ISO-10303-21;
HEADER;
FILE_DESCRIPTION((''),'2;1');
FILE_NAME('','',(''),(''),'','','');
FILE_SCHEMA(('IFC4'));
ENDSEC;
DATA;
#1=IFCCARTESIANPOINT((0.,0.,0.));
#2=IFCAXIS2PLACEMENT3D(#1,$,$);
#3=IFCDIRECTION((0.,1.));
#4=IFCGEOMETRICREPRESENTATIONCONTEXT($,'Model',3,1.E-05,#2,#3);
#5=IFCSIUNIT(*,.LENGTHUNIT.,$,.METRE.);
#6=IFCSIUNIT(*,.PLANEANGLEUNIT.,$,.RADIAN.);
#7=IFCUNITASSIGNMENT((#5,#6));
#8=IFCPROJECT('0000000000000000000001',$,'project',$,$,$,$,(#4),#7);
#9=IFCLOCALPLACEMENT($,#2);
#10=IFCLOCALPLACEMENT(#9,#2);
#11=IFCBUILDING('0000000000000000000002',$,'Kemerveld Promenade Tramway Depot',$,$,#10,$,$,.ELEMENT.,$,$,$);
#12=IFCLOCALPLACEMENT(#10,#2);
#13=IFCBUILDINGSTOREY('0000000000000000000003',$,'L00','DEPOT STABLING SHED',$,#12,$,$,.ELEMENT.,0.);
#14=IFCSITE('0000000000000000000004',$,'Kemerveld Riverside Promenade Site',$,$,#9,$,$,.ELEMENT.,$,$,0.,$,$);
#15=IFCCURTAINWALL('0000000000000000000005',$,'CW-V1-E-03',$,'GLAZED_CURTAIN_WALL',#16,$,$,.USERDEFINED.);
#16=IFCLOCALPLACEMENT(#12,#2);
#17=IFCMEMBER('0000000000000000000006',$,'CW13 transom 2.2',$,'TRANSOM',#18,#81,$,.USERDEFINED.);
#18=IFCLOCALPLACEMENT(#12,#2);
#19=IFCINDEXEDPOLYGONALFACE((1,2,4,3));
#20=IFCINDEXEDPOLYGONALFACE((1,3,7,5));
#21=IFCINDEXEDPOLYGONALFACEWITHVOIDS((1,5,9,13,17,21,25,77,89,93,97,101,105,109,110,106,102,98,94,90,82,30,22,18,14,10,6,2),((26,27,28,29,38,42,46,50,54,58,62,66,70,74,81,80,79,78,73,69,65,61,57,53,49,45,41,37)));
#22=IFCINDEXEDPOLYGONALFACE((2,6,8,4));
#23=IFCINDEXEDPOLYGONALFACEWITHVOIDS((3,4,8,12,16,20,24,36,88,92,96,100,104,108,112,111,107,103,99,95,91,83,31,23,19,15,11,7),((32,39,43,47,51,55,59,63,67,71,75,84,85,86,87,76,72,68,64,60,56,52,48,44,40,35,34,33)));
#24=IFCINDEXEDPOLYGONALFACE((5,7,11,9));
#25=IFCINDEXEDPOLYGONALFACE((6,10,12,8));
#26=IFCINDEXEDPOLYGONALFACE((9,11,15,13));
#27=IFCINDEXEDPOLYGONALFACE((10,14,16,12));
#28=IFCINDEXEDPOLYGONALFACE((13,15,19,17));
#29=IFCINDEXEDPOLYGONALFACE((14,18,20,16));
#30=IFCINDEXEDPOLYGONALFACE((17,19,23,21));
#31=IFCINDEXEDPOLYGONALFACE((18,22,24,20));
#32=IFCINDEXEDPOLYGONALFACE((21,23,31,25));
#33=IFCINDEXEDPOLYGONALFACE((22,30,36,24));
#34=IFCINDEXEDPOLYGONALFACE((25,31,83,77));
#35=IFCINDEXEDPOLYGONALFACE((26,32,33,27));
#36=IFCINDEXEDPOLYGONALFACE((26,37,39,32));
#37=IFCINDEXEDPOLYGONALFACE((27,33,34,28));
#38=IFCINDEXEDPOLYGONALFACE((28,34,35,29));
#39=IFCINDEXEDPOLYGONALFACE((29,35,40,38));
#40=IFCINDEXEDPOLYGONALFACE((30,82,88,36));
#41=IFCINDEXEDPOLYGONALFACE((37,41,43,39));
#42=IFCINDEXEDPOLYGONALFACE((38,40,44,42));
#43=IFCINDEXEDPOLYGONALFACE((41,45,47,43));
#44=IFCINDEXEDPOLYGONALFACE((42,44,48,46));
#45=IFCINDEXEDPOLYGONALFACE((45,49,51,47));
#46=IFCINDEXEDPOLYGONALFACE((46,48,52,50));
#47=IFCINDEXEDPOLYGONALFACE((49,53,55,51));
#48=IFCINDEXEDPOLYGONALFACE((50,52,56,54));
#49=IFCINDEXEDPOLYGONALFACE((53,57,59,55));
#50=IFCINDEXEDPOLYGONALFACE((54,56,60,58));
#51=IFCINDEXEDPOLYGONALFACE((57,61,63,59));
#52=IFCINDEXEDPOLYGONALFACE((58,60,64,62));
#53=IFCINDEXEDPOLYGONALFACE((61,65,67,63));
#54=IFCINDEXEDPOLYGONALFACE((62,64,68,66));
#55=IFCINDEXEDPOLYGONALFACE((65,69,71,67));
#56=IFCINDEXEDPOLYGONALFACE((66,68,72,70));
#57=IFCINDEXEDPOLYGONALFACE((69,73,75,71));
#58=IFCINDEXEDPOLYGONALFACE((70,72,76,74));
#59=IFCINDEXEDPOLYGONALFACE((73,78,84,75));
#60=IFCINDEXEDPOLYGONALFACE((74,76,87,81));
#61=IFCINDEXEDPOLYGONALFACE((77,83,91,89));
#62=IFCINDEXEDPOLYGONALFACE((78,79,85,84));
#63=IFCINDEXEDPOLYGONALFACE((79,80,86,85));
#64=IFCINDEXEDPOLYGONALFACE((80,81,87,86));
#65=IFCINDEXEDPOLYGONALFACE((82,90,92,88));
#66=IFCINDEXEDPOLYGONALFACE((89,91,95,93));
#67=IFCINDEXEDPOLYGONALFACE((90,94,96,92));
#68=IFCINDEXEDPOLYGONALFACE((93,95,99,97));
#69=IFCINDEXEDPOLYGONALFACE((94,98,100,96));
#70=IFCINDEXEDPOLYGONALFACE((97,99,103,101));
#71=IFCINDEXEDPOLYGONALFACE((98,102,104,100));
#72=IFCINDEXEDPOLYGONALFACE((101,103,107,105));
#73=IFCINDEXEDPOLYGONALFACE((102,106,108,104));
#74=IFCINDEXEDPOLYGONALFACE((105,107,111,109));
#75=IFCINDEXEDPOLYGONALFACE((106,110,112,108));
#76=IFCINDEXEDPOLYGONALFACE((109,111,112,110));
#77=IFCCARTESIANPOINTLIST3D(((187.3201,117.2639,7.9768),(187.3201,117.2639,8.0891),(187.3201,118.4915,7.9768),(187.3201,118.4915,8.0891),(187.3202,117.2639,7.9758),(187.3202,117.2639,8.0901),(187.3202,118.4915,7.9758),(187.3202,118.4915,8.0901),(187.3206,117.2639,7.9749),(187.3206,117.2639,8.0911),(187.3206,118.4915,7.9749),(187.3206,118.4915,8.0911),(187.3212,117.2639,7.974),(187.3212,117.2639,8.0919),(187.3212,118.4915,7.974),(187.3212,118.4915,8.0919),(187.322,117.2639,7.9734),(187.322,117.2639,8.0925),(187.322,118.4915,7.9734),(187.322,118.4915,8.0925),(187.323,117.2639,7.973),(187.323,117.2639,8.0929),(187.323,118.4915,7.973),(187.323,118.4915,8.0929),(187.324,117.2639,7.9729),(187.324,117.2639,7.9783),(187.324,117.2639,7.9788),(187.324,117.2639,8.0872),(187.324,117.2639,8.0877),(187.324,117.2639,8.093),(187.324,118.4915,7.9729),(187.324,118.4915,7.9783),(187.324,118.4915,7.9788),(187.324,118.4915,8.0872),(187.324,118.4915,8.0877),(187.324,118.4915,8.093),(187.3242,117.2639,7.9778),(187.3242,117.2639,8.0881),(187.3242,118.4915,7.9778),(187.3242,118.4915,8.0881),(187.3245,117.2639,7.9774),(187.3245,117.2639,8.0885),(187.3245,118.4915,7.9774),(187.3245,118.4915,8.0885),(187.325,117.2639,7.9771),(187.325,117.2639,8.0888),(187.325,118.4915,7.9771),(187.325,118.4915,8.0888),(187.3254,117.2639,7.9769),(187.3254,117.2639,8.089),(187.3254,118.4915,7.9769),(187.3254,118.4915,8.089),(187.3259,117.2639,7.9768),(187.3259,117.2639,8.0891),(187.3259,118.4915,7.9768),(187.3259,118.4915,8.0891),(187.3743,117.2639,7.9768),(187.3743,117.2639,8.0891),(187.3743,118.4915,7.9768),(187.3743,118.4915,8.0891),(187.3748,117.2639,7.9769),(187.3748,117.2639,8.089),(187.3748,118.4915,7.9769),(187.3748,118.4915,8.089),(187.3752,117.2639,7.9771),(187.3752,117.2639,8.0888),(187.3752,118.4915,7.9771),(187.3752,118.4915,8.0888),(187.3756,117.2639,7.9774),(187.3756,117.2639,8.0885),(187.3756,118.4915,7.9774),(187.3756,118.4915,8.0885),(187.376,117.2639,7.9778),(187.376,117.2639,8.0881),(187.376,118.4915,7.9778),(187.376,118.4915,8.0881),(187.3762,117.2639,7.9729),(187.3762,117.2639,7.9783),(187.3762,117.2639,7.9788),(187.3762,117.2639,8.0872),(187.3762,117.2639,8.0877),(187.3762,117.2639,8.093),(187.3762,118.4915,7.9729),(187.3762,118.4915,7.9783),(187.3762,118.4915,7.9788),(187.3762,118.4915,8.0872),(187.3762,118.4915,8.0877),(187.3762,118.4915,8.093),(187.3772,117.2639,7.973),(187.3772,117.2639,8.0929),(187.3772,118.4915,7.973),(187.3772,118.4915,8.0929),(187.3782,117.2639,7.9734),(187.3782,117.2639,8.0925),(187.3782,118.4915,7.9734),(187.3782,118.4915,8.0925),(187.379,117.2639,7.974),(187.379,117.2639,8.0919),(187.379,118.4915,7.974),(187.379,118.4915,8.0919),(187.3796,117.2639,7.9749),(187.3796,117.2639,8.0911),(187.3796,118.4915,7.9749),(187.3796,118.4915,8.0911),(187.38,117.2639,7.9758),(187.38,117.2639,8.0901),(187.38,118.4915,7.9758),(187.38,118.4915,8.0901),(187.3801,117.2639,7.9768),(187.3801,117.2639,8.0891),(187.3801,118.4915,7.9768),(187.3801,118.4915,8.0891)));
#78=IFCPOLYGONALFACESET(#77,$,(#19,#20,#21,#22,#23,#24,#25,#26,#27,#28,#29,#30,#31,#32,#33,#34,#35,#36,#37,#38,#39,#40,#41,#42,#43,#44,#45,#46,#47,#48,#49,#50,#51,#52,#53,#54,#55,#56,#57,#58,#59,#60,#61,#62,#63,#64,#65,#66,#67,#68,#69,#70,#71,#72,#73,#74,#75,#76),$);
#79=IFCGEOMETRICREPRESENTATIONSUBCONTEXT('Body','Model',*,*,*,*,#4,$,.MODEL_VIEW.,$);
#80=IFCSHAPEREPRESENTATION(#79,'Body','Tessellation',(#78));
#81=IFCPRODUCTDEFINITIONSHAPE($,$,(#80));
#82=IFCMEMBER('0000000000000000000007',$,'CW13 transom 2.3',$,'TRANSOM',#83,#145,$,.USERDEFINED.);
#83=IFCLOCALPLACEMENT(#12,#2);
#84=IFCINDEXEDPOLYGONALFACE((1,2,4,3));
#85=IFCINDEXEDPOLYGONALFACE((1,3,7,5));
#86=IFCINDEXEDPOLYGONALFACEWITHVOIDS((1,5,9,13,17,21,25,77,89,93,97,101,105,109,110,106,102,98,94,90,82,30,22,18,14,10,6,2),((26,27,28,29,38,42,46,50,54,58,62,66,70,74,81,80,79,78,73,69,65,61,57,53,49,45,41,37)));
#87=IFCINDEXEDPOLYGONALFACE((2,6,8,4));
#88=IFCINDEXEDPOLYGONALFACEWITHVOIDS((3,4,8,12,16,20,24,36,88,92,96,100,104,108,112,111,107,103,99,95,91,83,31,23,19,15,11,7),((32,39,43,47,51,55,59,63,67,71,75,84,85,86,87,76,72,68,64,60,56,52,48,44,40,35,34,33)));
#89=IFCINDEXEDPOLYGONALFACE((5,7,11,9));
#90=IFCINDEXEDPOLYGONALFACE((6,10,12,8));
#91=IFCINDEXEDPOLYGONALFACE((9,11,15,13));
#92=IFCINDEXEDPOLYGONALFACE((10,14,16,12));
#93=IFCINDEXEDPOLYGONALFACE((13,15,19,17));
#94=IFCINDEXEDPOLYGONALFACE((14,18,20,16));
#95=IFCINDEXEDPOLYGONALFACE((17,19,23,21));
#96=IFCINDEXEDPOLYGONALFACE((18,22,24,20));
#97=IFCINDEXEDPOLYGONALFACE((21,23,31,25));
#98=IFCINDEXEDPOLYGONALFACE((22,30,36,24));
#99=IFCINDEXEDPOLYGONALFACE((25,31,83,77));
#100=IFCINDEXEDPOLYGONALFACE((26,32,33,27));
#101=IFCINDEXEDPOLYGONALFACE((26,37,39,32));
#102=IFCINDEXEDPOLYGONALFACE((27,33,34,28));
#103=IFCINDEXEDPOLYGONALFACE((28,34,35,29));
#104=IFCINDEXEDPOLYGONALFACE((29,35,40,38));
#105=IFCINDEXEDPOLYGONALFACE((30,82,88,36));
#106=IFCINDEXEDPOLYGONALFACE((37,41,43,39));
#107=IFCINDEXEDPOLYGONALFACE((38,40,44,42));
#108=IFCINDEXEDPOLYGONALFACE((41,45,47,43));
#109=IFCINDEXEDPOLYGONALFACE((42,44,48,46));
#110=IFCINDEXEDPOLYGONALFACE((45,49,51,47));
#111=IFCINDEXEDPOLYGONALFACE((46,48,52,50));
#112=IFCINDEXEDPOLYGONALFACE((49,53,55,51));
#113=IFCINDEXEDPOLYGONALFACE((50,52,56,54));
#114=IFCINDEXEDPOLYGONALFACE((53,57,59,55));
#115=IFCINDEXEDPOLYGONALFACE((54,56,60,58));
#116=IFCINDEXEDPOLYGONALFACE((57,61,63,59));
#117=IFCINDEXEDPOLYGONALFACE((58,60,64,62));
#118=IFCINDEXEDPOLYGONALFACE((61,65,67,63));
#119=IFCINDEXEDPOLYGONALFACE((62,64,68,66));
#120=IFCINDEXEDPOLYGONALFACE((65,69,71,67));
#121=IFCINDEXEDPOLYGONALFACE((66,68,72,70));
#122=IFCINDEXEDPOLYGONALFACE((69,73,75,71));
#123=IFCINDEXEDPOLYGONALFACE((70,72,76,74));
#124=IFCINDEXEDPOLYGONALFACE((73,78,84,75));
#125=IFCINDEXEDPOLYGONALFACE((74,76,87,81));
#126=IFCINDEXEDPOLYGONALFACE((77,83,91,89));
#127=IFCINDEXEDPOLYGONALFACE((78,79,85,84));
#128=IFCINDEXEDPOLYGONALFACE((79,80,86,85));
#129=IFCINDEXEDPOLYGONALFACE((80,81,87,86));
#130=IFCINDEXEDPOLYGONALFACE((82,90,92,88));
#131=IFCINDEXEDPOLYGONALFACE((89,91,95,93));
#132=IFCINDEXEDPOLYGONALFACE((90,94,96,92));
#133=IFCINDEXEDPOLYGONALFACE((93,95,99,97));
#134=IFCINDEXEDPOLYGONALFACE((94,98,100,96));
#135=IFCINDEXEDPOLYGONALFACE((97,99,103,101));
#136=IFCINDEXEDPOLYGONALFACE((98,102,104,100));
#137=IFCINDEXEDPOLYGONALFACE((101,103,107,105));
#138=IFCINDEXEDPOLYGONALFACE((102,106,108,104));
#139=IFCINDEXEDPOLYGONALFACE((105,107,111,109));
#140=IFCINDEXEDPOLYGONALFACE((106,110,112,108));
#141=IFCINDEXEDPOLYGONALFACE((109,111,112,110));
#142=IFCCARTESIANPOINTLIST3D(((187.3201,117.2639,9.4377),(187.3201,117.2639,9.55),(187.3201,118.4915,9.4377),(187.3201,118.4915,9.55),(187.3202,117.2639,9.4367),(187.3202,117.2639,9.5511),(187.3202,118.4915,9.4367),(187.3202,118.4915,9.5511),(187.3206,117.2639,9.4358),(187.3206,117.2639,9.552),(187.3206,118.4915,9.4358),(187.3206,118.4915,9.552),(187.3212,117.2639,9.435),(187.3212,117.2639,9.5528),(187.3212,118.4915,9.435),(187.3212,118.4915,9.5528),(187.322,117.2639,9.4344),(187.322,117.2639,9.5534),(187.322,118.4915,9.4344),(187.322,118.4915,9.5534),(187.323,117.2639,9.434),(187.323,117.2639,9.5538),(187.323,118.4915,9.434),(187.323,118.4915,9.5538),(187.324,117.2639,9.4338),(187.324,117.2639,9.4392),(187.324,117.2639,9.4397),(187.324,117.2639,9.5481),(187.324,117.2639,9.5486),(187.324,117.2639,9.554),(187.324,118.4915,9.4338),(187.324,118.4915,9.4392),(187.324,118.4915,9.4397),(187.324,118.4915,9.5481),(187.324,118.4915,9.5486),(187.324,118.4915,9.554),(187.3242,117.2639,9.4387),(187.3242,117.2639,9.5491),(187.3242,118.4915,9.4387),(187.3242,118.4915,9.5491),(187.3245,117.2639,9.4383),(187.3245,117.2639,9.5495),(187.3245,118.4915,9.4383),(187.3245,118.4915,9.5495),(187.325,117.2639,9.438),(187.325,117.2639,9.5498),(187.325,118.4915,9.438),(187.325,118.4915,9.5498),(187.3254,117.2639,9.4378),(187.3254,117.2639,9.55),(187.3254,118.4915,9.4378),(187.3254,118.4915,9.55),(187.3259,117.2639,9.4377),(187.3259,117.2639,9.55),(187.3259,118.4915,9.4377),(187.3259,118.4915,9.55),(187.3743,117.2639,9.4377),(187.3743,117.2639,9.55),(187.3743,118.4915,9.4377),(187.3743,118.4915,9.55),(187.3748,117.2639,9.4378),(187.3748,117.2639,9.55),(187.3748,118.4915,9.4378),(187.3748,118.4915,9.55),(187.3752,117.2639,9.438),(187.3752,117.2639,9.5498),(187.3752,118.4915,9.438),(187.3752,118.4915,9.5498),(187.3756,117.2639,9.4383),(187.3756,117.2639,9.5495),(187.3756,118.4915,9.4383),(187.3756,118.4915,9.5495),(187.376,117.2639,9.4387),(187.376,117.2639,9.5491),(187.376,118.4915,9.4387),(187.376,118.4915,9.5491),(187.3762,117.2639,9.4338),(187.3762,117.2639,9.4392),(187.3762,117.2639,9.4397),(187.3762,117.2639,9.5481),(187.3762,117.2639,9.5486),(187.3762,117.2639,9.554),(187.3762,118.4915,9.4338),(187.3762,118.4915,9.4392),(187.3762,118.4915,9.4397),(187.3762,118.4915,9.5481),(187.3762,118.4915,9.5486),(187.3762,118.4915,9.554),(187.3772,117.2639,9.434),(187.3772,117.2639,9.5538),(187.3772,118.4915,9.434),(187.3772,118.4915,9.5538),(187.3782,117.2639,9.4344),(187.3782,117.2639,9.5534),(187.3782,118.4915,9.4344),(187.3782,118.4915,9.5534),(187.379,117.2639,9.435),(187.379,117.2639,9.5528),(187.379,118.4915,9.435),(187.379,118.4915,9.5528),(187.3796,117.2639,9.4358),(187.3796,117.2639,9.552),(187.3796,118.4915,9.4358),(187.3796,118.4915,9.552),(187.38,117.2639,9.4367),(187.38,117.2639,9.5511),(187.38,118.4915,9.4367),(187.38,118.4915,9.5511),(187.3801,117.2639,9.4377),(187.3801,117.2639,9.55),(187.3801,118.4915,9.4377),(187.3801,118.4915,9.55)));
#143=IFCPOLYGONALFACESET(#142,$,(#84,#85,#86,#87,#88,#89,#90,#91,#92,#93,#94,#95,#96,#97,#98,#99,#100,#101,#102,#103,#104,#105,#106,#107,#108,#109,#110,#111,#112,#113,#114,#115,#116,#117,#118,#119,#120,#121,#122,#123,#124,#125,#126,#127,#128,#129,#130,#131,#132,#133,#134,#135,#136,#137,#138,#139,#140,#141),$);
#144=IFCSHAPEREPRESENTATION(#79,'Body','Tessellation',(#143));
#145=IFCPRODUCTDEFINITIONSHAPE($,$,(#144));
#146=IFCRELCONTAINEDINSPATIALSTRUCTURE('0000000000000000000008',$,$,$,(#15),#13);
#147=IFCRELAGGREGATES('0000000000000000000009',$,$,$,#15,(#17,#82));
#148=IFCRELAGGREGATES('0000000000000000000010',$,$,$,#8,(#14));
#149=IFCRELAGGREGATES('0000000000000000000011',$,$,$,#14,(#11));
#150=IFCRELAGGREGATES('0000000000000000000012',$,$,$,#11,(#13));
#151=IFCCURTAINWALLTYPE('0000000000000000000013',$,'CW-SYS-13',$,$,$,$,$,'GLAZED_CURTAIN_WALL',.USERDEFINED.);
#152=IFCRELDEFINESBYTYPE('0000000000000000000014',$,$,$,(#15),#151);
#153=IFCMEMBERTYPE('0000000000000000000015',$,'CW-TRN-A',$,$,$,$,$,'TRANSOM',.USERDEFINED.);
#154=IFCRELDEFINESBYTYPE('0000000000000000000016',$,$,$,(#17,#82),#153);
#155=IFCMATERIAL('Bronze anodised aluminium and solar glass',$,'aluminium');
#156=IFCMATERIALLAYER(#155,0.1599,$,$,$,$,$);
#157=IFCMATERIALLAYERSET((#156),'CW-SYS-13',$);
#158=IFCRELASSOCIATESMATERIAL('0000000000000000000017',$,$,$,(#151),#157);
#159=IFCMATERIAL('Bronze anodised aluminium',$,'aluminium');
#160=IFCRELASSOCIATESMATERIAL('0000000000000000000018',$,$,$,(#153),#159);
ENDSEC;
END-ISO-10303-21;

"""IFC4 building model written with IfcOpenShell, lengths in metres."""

from ifc_helpers import new_model, si_unit, direction, frame, origin, origin_2d, place, context, subcontext, project, spatial, hollow_rectangle, extrude, material, layer, layer_set, material_profile, profile_set, type_object, element, aggregate, save


model = new_model("IFC4")

# Units and contexts
model_context = context("Model", 3, precision=1e-05, world=origin(), true_north=direction((0.0, 1.0)))
body_context = subcontext(model_context, "Body", "Model", "MODEL_VIEW")
ifc_project = project(units=[si_unit("LENGTHUNIT", "METRE"), si_unit("PLANEANGLEUNIT", "RADIAN")], contexts=[model_context])

# Site, building, storey
site_placement = place(None, origin())
site = spatial("IfcSite", under=ifc_project, at=site_placement, Name="Kemerveld Riverside Promenade Site", CompositionType="ELEMENT", RefElevation=0.0)
building_placement = place(site_placement, origin())
building = spatial("IfcBuilding", under=site, at=building_placement, Name="Kemerveld Promenade Tramway Depot", CompositionType="ELEMENT")
storey_placement = place(building_placement, origin())
storey = spatial("IfcBuildingStorey", under=building, at=storey_placement, Name="L00", Description="DEPOT STABLING SHED", CompositionType="ELEMENT", Elevation=0.0)

# Curtain wall, members
ifc_material_1 = material(Name="Bronze anodised aluminium and solar glass", Category="aluminium")
ifc_layer_1 = layer(ifc_material_1, 0.1599)
ifc_layer_set_1 = layer_set([ifc_layer_1], Name="CW-SYS-13")
curtain_wall_type = type_object("IfcCurtainWallType", Name="CW-SYS-13", ElementType="GLAZED_CURTAIN_WALL", PredefinedType="USERDEFINED", material=ifc_layer_set_1)
curtain_wall_placement = place(storey_placement, origin())
curtain_wall = element("IfcCurtainWall", 1, at=curtain_wall_placement, inside=storey, type_object=curtain_wall_type, Name="CW-V1-E-03", ObjectType="GLAZED_CURTAIN_WALL", PredefinedType="USERDEFINED")
ifc_material_2 = material(Name="Bronze anodised aluminium", Category="aluminium")
ifc_material_profile_1 = material_profile(ifc_material_2, hollow_rectangle(XDim=0.0601, YDim=0.1201, WallThickness=0.0039, InnerFilletRadius=0.002, OuterFilletRadius=0.0039, at=origin_2d()), Name="CW-TRN-120x60")
ifc_profile_set_1 = profile_set([ifc_material_profile_1], Name="Bronze anodised aluminium")
member_type_1 = type_object("IfcMemberType", Name="CW-TRN-A", ElementType="TRANSOM", PredefinedType="USERDEFINED", material=ifc_profile_set_1)
member_1_placement = place(storey_placement, frame((187.3501, 118.4915, 8.033), z_axis=(0.0, -1.0, 0.0), x_axis=(1.0, 0.0, 0.0)))
member_1 = element("IfcMember", 2, at=member_1_placement, type_object=member_type_1, Name="CW13 transom 2.2", ObjectType="TRANSOM", PredefinedType="USERDEFINED", context=body_context, shape_type="SweptSolid", body=[
    extrude(hollow_rectangle(XDim=0.0601, YDim=0.1201, WallThickness=0.0039, InnerFilletRadius=0.002, OuterFilletRadius=0.0039, at=origin_2d()), origin(), (0.0, 0.0, 1.0), 1.2275),
])
member_2_placement = place(storey_placement, frame((187.3501, 118.4915, 9.4939), z_axis=(0.0, -1.0, 0.0), x_axis=(1.0, 0.0, 0.0)))
member_2 = element("IfcMember", 3, at=member_2_placement, type_object=member_type_1, Name="CW13 transom 2.3", ObjectType="TRANSOM", PredefinedType="USERDEFINED", context=body_context, shape_type="SweptSolid", body=[
    extrude(hollow_rectangle(XDim=0.0601, YDim=0.1201, WallThickness=0.0039, InnerFilletRadius=0.002, OuterFilletRadius=0.0039, at=origin_2d()), origin(), (0.0, 0.0, 1.0), 1.2275),
])
aggregate(curtain_wall, [member_1, member_2])

save(model, "model.ifc")
